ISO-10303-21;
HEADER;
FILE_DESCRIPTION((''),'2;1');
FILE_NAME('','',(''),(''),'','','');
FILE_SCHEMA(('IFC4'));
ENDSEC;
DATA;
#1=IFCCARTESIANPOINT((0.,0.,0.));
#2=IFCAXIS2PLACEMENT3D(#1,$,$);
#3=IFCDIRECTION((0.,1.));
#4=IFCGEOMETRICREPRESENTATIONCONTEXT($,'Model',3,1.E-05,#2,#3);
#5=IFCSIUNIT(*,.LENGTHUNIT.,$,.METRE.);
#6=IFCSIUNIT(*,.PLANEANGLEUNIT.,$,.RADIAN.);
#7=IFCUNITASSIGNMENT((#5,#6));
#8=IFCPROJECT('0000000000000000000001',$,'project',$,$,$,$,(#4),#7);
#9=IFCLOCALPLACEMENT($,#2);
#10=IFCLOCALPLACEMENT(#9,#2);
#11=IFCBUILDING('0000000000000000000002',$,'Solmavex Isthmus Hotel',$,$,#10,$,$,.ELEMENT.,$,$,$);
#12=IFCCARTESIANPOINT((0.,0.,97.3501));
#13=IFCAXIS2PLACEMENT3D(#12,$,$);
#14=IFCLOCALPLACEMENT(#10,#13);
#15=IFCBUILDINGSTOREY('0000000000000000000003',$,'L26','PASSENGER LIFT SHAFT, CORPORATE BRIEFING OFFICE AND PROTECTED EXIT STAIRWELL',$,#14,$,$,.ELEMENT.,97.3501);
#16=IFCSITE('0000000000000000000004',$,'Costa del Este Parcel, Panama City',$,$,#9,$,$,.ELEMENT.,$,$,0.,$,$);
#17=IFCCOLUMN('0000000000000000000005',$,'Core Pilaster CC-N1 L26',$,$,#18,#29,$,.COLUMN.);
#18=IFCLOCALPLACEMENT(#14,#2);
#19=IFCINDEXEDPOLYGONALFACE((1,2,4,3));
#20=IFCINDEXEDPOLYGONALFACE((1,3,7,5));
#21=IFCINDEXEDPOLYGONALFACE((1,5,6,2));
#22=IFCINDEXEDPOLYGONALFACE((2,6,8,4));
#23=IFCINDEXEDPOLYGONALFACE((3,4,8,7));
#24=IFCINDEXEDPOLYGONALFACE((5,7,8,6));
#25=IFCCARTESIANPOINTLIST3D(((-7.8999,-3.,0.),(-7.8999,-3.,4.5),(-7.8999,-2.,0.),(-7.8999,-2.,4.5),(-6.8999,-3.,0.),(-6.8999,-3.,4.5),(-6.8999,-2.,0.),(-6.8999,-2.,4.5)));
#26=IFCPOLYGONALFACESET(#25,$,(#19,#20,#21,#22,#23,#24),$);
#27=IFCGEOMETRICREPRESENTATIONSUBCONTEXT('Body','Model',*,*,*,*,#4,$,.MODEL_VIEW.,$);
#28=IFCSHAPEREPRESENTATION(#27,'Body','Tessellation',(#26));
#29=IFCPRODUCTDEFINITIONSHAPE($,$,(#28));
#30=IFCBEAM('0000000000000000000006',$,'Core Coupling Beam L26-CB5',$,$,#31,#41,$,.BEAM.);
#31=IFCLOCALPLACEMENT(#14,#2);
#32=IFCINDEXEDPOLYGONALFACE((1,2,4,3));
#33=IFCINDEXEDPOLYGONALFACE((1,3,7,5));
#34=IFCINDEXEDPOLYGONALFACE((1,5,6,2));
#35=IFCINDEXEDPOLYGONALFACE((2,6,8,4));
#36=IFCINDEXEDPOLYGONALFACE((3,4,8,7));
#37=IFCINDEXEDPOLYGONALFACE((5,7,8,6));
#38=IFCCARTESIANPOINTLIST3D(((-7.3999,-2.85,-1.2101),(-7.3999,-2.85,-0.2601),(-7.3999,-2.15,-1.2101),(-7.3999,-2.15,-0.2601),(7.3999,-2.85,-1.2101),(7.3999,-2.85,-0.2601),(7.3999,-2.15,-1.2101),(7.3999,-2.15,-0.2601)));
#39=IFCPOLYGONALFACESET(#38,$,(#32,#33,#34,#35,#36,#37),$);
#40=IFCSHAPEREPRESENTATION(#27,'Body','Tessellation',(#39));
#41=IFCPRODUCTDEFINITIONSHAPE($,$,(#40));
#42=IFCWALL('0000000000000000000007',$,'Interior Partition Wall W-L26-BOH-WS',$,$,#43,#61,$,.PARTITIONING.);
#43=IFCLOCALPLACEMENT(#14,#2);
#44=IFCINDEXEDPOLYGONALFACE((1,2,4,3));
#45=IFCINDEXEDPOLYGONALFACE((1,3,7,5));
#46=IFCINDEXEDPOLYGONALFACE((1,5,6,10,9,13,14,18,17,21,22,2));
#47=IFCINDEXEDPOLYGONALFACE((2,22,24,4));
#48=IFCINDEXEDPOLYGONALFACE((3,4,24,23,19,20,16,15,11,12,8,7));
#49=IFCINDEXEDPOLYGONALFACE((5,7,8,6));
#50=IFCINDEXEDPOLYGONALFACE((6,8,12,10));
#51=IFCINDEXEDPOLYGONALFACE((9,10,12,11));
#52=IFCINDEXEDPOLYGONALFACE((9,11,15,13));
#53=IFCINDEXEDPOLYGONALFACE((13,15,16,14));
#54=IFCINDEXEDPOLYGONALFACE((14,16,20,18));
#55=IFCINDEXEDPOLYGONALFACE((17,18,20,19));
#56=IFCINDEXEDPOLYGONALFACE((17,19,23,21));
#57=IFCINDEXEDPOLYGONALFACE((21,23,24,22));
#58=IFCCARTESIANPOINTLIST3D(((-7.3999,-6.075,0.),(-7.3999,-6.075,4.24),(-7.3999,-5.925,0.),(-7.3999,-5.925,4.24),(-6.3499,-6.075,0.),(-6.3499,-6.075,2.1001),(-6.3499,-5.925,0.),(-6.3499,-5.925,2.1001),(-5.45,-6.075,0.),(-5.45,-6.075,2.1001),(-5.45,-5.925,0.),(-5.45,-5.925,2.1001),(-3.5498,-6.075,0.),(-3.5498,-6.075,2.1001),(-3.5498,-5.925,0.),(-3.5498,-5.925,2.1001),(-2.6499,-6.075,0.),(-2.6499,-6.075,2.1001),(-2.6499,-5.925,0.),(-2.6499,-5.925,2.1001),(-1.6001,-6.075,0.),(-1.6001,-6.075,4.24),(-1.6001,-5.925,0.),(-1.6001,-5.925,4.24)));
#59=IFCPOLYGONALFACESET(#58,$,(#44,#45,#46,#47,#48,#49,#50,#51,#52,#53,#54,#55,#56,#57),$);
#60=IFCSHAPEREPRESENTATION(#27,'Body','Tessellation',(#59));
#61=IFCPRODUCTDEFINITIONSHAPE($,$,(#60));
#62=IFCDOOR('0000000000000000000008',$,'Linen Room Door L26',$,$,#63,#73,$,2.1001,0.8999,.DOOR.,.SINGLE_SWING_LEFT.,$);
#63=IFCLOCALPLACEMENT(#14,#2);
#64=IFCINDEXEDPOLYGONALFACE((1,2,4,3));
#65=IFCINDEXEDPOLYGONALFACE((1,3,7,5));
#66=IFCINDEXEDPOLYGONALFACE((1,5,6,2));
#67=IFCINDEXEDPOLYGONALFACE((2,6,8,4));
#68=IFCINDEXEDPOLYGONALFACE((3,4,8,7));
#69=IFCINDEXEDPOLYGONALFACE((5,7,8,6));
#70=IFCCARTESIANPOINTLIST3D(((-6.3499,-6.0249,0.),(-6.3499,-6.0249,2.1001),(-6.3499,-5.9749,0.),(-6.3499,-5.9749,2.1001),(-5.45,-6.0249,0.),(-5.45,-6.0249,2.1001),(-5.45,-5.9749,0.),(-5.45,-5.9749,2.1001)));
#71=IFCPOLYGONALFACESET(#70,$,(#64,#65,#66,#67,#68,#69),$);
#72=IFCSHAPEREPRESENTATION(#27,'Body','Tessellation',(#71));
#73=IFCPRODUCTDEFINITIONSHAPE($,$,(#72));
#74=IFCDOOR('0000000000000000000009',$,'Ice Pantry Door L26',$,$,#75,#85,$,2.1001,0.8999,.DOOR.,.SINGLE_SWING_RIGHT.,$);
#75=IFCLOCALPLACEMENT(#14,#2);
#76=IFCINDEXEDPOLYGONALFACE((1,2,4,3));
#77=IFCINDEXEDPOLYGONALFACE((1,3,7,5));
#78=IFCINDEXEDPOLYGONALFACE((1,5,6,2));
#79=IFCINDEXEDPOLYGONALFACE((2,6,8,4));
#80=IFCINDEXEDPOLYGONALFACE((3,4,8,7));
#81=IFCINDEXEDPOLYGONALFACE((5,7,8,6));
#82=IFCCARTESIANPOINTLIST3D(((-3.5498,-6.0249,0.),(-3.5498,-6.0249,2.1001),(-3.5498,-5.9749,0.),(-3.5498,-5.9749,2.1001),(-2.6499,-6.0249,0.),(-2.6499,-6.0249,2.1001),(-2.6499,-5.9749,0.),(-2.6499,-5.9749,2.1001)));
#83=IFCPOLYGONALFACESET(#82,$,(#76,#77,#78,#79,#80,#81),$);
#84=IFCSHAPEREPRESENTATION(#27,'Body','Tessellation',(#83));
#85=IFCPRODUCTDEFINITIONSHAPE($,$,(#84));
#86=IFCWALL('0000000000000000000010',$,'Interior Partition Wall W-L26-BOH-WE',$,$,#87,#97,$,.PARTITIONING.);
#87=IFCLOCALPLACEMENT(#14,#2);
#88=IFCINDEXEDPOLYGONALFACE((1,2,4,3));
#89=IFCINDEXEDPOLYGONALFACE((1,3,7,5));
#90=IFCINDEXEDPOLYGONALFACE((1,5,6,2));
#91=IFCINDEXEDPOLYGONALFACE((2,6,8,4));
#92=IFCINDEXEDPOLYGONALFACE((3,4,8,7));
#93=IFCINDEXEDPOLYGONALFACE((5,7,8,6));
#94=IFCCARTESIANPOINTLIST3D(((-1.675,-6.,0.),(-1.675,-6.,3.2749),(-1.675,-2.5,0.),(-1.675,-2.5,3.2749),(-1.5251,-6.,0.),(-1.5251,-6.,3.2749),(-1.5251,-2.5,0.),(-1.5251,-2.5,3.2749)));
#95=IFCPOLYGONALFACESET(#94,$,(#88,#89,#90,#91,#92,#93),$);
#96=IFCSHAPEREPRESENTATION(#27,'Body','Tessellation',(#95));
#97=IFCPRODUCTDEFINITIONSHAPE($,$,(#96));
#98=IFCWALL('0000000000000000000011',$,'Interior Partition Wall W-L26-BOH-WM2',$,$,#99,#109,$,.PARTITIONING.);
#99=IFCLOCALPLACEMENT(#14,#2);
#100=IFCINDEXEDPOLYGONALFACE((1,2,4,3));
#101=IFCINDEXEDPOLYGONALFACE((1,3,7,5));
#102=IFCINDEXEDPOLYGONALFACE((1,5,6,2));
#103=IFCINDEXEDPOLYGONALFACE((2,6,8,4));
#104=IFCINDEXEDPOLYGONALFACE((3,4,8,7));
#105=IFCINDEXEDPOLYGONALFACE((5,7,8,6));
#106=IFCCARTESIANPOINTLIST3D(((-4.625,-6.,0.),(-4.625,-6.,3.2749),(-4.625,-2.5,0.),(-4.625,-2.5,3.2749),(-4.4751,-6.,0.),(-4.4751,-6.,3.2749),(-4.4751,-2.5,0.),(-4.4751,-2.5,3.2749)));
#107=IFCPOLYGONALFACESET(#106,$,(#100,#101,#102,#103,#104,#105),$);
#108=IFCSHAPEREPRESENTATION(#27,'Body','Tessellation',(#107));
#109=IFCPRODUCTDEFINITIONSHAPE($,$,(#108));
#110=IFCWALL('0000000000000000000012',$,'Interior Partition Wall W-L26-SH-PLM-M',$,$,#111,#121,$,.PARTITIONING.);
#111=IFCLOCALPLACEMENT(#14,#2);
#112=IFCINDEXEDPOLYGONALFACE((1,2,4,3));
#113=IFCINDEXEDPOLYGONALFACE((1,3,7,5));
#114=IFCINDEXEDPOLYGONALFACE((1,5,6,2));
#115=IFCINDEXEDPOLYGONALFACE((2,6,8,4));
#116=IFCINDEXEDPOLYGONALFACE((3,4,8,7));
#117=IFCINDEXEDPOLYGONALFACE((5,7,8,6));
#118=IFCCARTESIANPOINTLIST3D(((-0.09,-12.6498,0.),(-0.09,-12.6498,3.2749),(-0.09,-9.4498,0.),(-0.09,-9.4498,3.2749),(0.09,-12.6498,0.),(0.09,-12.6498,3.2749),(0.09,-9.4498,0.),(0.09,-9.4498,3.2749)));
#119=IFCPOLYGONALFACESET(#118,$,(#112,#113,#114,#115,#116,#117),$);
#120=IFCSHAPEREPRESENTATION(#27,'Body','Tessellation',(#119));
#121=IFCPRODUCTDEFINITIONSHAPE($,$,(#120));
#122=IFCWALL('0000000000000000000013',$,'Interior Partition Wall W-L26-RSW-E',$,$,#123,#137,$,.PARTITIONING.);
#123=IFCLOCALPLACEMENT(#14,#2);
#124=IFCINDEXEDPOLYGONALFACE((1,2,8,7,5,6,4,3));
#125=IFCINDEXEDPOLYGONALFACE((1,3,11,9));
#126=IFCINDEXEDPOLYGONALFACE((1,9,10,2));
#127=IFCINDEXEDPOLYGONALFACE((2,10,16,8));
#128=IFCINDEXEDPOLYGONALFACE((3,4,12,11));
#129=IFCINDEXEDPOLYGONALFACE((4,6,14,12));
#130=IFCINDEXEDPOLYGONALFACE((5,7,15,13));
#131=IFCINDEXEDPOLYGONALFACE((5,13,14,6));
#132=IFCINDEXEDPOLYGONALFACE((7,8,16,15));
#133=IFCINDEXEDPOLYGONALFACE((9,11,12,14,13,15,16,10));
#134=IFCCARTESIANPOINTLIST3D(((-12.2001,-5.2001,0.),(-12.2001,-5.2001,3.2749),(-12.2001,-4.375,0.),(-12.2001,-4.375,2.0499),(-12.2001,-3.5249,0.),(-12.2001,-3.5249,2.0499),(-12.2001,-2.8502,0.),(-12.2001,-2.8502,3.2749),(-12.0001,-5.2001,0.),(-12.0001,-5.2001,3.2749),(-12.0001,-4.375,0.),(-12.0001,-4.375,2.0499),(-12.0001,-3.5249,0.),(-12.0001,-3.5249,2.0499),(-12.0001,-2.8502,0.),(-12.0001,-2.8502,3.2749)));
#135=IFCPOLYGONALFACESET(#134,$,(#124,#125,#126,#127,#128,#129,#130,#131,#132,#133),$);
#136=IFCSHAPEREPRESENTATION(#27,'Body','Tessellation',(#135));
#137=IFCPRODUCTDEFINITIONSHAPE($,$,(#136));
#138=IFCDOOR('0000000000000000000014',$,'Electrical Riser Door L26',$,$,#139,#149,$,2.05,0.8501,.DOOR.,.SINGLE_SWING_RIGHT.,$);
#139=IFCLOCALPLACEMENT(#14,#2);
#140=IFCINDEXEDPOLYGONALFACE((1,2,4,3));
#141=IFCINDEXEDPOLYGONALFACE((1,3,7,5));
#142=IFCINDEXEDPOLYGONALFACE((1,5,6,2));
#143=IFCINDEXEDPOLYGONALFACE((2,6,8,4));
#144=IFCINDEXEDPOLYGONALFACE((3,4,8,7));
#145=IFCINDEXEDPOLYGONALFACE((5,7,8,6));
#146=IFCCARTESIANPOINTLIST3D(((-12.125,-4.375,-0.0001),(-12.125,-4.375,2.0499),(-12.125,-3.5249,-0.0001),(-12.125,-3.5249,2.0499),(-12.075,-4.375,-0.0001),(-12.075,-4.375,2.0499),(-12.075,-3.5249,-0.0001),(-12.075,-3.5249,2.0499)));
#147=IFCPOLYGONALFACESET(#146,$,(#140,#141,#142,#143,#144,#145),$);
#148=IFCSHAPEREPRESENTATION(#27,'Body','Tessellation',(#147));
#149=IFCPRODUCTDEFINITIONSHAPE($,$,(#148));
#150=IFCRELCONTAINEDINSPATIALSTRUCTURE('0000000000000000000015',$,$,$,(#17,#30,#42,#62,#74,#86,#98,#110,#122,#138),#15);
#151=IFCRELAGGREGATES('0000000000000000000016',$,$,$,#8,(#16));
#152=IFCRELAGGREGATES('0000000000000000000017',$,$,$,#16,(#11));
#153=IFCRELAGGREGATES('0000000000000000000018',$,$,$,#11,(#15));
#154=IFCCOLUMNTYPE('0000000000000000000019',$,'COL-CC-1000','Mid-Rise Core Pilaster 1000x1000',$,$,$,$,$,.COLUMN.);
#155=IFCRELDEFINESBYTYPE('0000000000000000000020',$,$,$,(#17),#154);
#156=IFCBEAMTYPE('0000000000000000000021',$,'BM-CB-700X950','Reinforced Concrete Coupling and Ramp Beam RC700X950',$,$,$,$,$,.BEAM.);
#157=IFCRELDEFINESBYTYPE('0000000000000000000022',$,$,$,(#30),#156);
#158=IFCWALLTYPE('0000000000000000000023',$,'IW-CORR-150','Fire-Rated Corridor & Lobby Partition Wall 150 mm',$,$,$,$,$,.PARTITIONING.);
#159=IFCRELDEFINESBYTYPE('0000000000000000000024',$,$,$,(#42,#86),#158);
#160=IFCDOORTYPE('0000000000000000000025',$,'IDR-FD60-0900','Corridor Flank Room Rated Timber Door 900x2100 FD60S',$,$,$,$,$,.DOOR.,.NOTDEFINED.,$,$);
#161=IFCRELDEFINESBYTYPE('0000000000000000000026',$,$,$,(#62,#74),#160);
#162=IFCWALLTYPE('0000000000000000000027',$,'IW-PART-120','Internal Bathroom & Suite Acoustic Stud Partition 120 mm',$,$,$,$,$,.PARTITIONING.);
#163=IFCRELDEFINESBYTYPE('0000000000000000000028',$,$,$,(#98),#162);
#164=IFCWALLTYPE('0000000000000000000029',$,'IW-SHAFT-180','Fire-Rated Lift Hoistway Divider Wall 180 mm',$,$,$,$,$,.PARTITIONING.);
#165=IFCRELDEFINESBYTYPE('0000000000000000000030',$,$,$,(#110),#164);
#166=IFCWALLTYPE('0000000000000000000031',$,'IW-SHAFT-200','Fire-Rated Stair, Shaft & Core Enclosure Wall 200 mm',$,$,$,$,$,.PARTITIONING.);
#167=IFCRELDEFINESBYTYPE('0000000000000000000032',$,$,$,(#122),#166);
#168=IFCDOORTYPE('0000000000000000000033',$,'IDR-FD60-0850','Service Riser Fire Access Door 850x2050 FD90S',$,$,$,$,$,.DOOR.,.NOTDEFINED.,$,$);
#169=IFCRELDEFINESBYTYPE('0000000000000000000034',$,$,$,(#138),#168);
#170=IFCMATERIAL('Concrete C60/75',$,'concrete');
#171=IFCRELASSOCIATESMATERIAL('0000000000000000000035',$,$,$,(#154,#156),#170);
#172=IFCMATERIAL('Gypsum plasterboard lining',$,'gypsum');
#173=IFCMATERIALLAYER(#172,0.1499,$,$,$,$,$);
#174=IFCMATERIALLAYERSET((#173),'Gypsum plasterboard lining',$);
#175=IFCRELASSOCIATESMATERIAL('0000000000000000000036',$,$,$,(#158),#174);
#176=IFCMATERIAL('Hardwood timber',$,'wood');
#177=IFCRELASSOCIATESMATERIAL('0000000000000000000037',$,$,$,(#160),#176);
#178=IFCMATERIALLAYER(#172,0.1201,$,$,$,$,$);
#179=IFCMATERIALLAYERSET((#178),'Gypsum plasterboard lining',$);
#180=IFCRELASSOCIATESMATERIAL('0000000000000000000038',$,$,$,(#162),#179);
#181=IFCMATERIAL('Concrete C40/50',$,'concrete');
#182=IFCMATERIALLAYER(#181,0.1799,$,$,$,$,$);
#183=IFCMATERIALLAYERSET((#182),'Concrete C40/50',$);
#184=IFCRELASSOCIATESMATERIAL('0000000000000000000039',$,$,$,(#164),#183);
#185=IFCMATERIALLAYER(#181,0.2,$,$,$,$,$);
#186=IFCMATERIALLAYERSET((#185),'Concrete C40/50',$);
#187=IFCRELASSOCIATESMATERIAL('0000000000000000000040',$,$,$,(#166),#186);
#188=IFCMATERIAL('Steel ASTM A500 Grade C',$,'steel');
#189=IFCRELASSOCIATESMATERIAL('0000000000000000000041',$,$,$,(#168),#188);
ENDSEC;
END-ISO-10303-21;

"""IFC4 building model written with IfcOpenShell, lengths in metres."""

from ifc_helpers import new_model, si_unit, direction, frame, frame_2d, origin, origin_2d, place, context, subcontext, project, spatial, rectangle, extrude, material, layer, layer_set, material_profile, profile_set, type_object, element, fill, save


model = new_model("IFC4")

# Units and contexts
model_context = context("Model", 3, precision=1e-05, world=origin(), true_north=direction((0.0, 1.0)))
body_context = subcontext(model_context, "Body", "Model", "MODEL_VIEW")
ifc_project = project(units=[si_unit("LENGTHUNIT", "METRE"), si_unit("PLANEANGLEUNIT", "RADIAN")], contexts=[model_context])

# Site, building, storey
site_placement = place(None, origin())
site = spatial("IfcSite", under=ifc_project, at=site_placement, Name="Costa del Este Parcel, Panama City", CompositionType="ELEMENT", RefElevation=0.0)
building_placement = place(site_placement, origin())
building = spatial("IfcBuilding", under=site, at=building_placement, Name="Solmavex Isthmus Hotel", CompositionType="ELEMENT")
storey_placement = place(building_placement, frame((0.0, 0.0, 97.3501)))
storey = spatial("IfcBuildingStorey", under=building, at=storey_placement, Name="L26", Description="PASSENGER LIFT SHAFT, CORPORATE BRIEFING OFFICE AND PROTECTED EXIT STAIRWELL", CompositionType="ELEMENT", Elevation=97.3501)

# Column
ifc_material_1 = material(Name="Concrete C60/75", Category="concrete")
ifc_material_profile_1 = material_profile(ifc_material_1, rectangle(XDim=1.0, YDim=1.0, at=origin_2d()), Name="RC1000X1000")
ifc_profile_set_1 = profile_set([ifc_material_profile_1], Name="Concrete C60/75")
column_type = type_object("IfcColumnType", Name="COL-CC-1000", Description="Mid-Rise Core Pilaster 1000x1000", PredefinedType="COLUMN", material=ifc_profile_set_1)
column_placement = place(storey_placement, frame((-7.3999, -2.5, 0.0), z_axis=(0.0, 0.0, 1.0), x_axis=(1.0, 0.0, 0.0)))
element("IfcColumn", 1, at=column_placement, inside=storey, type_object=column_type, Name="Core Pilaster CC-N1 L26", PredefinedType="COLUMN", context=body_context, shape_type="SweptSolid", body=[
    extrude(rectangle(XDim=1.0, YDim=1.0, at=origin_2d()), origin(), (0.0, 0.0, 1.0), 4.5),
])

# Beam
ifc_material_profile_2 = material_profile(ifc_material_1, rectangle(XDim=0.7, YDim=0.95, at=origin_2d()), Name="RC700X950")
ifc_profile_set_2 = profile_set([ifc_material_profile_2], Name="Concrete C60/75")
beam_type = type_object("IfcBeamType", Name="BM-CB-700X950", Description="Reinforced Concrete Coupling and Ramp Beam RC700X950", PredefinedType="BEAM", material=ifc_profile_set_2)
beam_placement = place(storey_placement, frame((-7.3999, -2.5, -0.7351), z_axis=(1.0, 0.0, 0.0), x_axis=(0.0, 1.0, 0.0)))
element("IfcBeam", 2, at=beam_placement, inside=storey, type_object=beam_type, Name="Core Coupling Beam L26-CB5", PredefinedType="BEAM", context=body_context, shape_type="SweptSolid", body=[
    extrude(rectangle(XDim=0.7, YDim=0.95, at=origin_2d()), origin(), (0.0, 0.0, 1.0), 14.7998),
])

# Wall, openings, doors
ifc_material_2 = material(Name="Gypsum plasterboard lining", Category="gypsum")
ifc_layer_1 = layer(ifc_material_2, 0.1499)
ifc_layer_set_1 = layer_set([ifc_layer_1], Name="Gypsum plasterboard lining")
wall_type_1 = type_object("IfcWallType", Name="IW-CORR-150", Description="Fire-Rated Corridor & Lobby Partition Wall 150 mm", PredefinedType="PARTITIONING", material=ifc_layer_set_1)
wall_1_placement = place(storey_placement, frame((-7.3999, -6.0, 0.0), z_axis=(0.0, 0.0, 1.0), x_axis=(1.0, 0.0, 0.0)))
wall_1 = element("IfcWall", 3, at=wall_1_placement, inside=storey, type_object=wall_type_1, Name="Interior Partition Wall W-L26-BOH-WS", PredefinedType="PARTITIONING", context=body_context, shape_type="SweptSolid", body=[
    extrude(rectangle(XDim=5.7998, YDim=0.1499, at=frame_2d((2.8999, 0.0))), origin(), (0.0, 0.0, 1.0), 4.24),
])
opening_1_placement = place(wall_1_placement, frame((1.05, 0.0, 0.0)))
opening_1 = element("IfcOpeningElement", 4, at=opening_1_placement, cuts=wall_1, PredefinedType="OPENING", context=body_context, shape_type="SweptSolid", body=[
    extrude(rectangle(XDim=0.8999, YDim=2.1001, at=frame_2d((0.45, 1.05))), frame((0.0, 0.085, 0.0), z_axis=(0.0, -1.0, 0.0), x_axis=(1.0, 0.0, 0.0)), (0.0, 0.0, 1.0), 0.1699),
])
opening_2_placement = place(wall_1_placement, frame((3.8501, 0.0, 0.0)))
opening_2 = element("IfcOpeningElement", 5, at=opening_2_placement, cuts=wall_1, PredefinedType="OPENING", context=body_context, shape_type="SweptSolid", body=[
    extrude(rectangle(XDim=0.8999, YDim=2.1001, at=frame_2d((0.45, 1.05))), frame((0.0, 0.085, 0.0), z_axis=(0.0, -1.0, 0.0), x_axis=(1.0, 0.0, 0.0)), (0.0, 0.0, 1.0), 0.1699),
])
ifc_material_3 = material(Name="Hardwood timber", Category="wood")
door_type_1 = type_object("IfcDoorType", Name="IDR-FD60-0900", Description="Corridor Flank Room Rated Timber Door 900x2100 FD60S", OperationType="NOTDEFINED", PredefinedType="DOOR", material=ifc_material_3)
door_1_placement = place(opening_1_placement, frame((0.8999, 0.0, 0.0), z_axis=(0.0, 0.0, 1.0), x_axis=(-1.0, 0.0, 0.0)))
door_1 = element("IfcDoor", 6, at=door_1_placement, inside=storey, type_object=door_type_1, Name="Linen Room Door L26", OperationType="SINGLE_SWING_LEFT", OverallHeight=2.1001, OverallWidth=0.8999, PredefinedType="DOOR", context=body_context, shape_type="SweptSolid", body=[
    extrude(rectangle(XDim=0.8999, YDim=2.1001, at=frame_2d((0.45, 1.05))), frame((0.0, 0.0249, 0.0), z_axis=(0.0, -1.0, 0.0), x_axis=(1.0, 0.0, 0.0)), (0.0, 0.0, 1.0), 0.05),
])
fill(opening_1, door_1)
door_2_placement = place(opening_2_placement, frame((0.8999, 0.0, 0.0), z_axis=(0.0, 0.0, 1.0), x_axis=(-1.0, 0.0, 0.0)))
door_2 = element("IfcDoor", 7, at=door_2_placement, inside=storey, type_object=door_type_1, Name="Ice Pantry Door L26", OperationType="SINGLE_SWING_RIGHT", OverallHeight=2.1001, OverallWidth=0.8999, PredefinedType="DOOR", context=body_context, shape_type="SweptSolid", body=[
    extrude(rectangle(XDim=0.8999, YDim=2.1001, at=frame_2d((0.45, 1.05))), frame((0.0, 0.0249, 0.0), z_axis=(0.0, -1.0, 0.0), x_axis=(1.0, 0.0, 0.0)), (0.0, 0.0, 1.0), 0.05),
])
fill(opening_2, door_2)

# Walls
wall_2_placement = place(storey_placement, frame((-1.6001, -6.0, 0.0), z_axis=(0.0, 0.0, 1.0), x_axis=(0.0, 1.0, 0.0)))
element("IfcWall", 8, at=wall_2_placement, inside=storey, type_object=wall_type_1, Name="Interior Partition Wall W-L26-BOH-WE", PredefinedType="PARTITIONING", context=body_context, shape_type="SweptSolid", body=[
    extrude(rectangle(XDim=3.5, YDim=0.1499, at=frame_2d((1.75, 0.0))), origin(), (0.0, 0.0, 1.0), 3.2749),
])
ifc_layer_2 = layer(ifc_material_2, 0.1201)
ifc_layer_set_2 = layer_set([ifc_layer_2], Name="Gypsum plasterboard lining")
wall_type_2 = type_object("IfcWallType", Name="IW-PART-120", Description="Internal Bathroom & Suite Acoustic Stud Partition 120 mm", PredefinedType="PARTITIONING", material=ifc_layer_set_2)
wall_3_placement = place(storey_placement, frame((-4.55, -6.0, 0.0), z_axis=(0.0, 0.0, 1.0), x_axis=(0.0, 1.0, 0.0)))
element("IfcWall", 9, at=wall_3_placement, inside=storey, type_object=wall_type_2, Name="Interior Partition Wall W-L26-BOH-WM2", PredefinedType="PARTITIONING", context=body_context, shape_type="SweptSolid", body=[
    extrude(rectangle(XDim=3.5, YDim=0.1499, at=frame_2d((1.75, 0.0))), origin(), (0.0, 0.0, 1.0), 3.2749),
])
ifc_material_4 = material(Name="Concrete C40/50", Category="concrete")
ifc_layer_3 = layer(ifc_material_4, 0.1799)
ifc_layer_set_3 = layer_set([ifc_layer_3], Name="Concrete C40/50")
wall_type_3 = type_object("IfcWallType", Name="IW-SHAFT-180", Description="Fire-Rated Lift Hoistway Divider Wall 180 mm", PredefinedType="PARTITIONING", material=ifc_layer_set_3)
wall_4_placement = place(storey_placement, frame((0.0, -12.6499, 0.0), z_axis=(0.0, 0.0, 1.0), x_axis=(0.0, 1.0, 0.0)))
element("IfcWall", 10, at=wall_4_placement, inside=storey, type_object=wall_type_3, Name="Interior Partition Wall W-L26-SH-PLM-M", PredefinedType="PARTITIONING", context=body_context, shape_type="SweptSolid", body=[
    extrude(rectangle(XDim=3.2, YDim=0.1799, at=frame_2d((1.6001, 0.0))), origin(), (0.0, 0.0, 1.0), 3.2749),
])

# Wall, opening, door
ifc_layer_4 = layer(ifc_material_4, 0.2)
ifc_layer_set_4 = layer_set([ifc_layer_4], Name="Concrete C40/50")
wall_type_4 = type_object("IfcWallType", Name="IW-SHAFT-200", Description="Fire-Rated Stair, Shaft & Core Enclosure Wall 200 mm", PredefinedType="PARTITIONING", material=ifc_layer_set_4)
wall_5_placement = place(storey_placement, frame((-12.1001, -5.2, 0.0), z_axis=(0.0, 0.0, 1.0), x_axis=(0.0, 1.0, 0.0)))
wall_5 = element("IfcWall", 11, at=wall_5_placement, inside=storey, type_object=wall_type_4, Name="Interior Partition Wall W-L26-RSW-E", PredefinedType="PARTITIONING", context=body_context, shape_type="SweptSolid", body=[
    extrude(rectangle(XDim=2.3499, YDim=0.2, at=frame_2d((1.1748, 0.0))), origin(), (0.0, 0.0, 1.0), 3.2749),
])
opening_3_placement = place(wall_5_placement, frame((0.825, 0.0, 0.0)))
opening_3 = element("IfcOpeningElement", 12, at=opening_3_placement, cuts=wall_5, PredefinedType="OPENING", context=body_context, shape_type="SweptSolid", body=[
    extrude(rectangle(XDim=0.8501, YDim=2.05, at=frame_2d((0.425, 1.0249))), frame((0.0, 0.1099, 0.0), z_axis=(0.0, -1.0, 0.0), x_axis=(1.0, 0.0, 0.0)), (0.0, 0.0, 1.0), 0.22),
])
ifc_material_5 = material(Name="Steel ASTM A500 Grade C", Category="steel")
door_type_2 = type_object("IfcDoorType", Name="IDR-FD60-0850", Description="Service Riser Fire Access Door 850x2050 FD90S", OperationType="NOTDEFINED", PredefinedType="DOOR", material=ifc_material_5)
door_3_placement = place(opening_3_placement, origin())
door_3 = element("IfcDoor", 13, at=door_3_placement, inside=storey, type_object=door_type_2, Name="Electrical Riser Door L26", OperationType="SINGLE_SWING_RIGHT", OverallHeight=2.05, OverallWidth=0.8501, PredefinedType="DOOR", context=body_context, shape_type="SweptSolid", body=[
    extrude(rectangle(XDim=0.8501, YDim=2.05, at=frame_2d((0.425, 1.0249))), frame((0.0, 0.0249, 0.0), z_axis=(0.0, -1.0, 0.0), x_axis=(1.0, 0.0, 0.0)), (0.0, 0.0, 1.0), 0.05),
])
fill(opening_3, door_3)

save(model, "model.ifc")
